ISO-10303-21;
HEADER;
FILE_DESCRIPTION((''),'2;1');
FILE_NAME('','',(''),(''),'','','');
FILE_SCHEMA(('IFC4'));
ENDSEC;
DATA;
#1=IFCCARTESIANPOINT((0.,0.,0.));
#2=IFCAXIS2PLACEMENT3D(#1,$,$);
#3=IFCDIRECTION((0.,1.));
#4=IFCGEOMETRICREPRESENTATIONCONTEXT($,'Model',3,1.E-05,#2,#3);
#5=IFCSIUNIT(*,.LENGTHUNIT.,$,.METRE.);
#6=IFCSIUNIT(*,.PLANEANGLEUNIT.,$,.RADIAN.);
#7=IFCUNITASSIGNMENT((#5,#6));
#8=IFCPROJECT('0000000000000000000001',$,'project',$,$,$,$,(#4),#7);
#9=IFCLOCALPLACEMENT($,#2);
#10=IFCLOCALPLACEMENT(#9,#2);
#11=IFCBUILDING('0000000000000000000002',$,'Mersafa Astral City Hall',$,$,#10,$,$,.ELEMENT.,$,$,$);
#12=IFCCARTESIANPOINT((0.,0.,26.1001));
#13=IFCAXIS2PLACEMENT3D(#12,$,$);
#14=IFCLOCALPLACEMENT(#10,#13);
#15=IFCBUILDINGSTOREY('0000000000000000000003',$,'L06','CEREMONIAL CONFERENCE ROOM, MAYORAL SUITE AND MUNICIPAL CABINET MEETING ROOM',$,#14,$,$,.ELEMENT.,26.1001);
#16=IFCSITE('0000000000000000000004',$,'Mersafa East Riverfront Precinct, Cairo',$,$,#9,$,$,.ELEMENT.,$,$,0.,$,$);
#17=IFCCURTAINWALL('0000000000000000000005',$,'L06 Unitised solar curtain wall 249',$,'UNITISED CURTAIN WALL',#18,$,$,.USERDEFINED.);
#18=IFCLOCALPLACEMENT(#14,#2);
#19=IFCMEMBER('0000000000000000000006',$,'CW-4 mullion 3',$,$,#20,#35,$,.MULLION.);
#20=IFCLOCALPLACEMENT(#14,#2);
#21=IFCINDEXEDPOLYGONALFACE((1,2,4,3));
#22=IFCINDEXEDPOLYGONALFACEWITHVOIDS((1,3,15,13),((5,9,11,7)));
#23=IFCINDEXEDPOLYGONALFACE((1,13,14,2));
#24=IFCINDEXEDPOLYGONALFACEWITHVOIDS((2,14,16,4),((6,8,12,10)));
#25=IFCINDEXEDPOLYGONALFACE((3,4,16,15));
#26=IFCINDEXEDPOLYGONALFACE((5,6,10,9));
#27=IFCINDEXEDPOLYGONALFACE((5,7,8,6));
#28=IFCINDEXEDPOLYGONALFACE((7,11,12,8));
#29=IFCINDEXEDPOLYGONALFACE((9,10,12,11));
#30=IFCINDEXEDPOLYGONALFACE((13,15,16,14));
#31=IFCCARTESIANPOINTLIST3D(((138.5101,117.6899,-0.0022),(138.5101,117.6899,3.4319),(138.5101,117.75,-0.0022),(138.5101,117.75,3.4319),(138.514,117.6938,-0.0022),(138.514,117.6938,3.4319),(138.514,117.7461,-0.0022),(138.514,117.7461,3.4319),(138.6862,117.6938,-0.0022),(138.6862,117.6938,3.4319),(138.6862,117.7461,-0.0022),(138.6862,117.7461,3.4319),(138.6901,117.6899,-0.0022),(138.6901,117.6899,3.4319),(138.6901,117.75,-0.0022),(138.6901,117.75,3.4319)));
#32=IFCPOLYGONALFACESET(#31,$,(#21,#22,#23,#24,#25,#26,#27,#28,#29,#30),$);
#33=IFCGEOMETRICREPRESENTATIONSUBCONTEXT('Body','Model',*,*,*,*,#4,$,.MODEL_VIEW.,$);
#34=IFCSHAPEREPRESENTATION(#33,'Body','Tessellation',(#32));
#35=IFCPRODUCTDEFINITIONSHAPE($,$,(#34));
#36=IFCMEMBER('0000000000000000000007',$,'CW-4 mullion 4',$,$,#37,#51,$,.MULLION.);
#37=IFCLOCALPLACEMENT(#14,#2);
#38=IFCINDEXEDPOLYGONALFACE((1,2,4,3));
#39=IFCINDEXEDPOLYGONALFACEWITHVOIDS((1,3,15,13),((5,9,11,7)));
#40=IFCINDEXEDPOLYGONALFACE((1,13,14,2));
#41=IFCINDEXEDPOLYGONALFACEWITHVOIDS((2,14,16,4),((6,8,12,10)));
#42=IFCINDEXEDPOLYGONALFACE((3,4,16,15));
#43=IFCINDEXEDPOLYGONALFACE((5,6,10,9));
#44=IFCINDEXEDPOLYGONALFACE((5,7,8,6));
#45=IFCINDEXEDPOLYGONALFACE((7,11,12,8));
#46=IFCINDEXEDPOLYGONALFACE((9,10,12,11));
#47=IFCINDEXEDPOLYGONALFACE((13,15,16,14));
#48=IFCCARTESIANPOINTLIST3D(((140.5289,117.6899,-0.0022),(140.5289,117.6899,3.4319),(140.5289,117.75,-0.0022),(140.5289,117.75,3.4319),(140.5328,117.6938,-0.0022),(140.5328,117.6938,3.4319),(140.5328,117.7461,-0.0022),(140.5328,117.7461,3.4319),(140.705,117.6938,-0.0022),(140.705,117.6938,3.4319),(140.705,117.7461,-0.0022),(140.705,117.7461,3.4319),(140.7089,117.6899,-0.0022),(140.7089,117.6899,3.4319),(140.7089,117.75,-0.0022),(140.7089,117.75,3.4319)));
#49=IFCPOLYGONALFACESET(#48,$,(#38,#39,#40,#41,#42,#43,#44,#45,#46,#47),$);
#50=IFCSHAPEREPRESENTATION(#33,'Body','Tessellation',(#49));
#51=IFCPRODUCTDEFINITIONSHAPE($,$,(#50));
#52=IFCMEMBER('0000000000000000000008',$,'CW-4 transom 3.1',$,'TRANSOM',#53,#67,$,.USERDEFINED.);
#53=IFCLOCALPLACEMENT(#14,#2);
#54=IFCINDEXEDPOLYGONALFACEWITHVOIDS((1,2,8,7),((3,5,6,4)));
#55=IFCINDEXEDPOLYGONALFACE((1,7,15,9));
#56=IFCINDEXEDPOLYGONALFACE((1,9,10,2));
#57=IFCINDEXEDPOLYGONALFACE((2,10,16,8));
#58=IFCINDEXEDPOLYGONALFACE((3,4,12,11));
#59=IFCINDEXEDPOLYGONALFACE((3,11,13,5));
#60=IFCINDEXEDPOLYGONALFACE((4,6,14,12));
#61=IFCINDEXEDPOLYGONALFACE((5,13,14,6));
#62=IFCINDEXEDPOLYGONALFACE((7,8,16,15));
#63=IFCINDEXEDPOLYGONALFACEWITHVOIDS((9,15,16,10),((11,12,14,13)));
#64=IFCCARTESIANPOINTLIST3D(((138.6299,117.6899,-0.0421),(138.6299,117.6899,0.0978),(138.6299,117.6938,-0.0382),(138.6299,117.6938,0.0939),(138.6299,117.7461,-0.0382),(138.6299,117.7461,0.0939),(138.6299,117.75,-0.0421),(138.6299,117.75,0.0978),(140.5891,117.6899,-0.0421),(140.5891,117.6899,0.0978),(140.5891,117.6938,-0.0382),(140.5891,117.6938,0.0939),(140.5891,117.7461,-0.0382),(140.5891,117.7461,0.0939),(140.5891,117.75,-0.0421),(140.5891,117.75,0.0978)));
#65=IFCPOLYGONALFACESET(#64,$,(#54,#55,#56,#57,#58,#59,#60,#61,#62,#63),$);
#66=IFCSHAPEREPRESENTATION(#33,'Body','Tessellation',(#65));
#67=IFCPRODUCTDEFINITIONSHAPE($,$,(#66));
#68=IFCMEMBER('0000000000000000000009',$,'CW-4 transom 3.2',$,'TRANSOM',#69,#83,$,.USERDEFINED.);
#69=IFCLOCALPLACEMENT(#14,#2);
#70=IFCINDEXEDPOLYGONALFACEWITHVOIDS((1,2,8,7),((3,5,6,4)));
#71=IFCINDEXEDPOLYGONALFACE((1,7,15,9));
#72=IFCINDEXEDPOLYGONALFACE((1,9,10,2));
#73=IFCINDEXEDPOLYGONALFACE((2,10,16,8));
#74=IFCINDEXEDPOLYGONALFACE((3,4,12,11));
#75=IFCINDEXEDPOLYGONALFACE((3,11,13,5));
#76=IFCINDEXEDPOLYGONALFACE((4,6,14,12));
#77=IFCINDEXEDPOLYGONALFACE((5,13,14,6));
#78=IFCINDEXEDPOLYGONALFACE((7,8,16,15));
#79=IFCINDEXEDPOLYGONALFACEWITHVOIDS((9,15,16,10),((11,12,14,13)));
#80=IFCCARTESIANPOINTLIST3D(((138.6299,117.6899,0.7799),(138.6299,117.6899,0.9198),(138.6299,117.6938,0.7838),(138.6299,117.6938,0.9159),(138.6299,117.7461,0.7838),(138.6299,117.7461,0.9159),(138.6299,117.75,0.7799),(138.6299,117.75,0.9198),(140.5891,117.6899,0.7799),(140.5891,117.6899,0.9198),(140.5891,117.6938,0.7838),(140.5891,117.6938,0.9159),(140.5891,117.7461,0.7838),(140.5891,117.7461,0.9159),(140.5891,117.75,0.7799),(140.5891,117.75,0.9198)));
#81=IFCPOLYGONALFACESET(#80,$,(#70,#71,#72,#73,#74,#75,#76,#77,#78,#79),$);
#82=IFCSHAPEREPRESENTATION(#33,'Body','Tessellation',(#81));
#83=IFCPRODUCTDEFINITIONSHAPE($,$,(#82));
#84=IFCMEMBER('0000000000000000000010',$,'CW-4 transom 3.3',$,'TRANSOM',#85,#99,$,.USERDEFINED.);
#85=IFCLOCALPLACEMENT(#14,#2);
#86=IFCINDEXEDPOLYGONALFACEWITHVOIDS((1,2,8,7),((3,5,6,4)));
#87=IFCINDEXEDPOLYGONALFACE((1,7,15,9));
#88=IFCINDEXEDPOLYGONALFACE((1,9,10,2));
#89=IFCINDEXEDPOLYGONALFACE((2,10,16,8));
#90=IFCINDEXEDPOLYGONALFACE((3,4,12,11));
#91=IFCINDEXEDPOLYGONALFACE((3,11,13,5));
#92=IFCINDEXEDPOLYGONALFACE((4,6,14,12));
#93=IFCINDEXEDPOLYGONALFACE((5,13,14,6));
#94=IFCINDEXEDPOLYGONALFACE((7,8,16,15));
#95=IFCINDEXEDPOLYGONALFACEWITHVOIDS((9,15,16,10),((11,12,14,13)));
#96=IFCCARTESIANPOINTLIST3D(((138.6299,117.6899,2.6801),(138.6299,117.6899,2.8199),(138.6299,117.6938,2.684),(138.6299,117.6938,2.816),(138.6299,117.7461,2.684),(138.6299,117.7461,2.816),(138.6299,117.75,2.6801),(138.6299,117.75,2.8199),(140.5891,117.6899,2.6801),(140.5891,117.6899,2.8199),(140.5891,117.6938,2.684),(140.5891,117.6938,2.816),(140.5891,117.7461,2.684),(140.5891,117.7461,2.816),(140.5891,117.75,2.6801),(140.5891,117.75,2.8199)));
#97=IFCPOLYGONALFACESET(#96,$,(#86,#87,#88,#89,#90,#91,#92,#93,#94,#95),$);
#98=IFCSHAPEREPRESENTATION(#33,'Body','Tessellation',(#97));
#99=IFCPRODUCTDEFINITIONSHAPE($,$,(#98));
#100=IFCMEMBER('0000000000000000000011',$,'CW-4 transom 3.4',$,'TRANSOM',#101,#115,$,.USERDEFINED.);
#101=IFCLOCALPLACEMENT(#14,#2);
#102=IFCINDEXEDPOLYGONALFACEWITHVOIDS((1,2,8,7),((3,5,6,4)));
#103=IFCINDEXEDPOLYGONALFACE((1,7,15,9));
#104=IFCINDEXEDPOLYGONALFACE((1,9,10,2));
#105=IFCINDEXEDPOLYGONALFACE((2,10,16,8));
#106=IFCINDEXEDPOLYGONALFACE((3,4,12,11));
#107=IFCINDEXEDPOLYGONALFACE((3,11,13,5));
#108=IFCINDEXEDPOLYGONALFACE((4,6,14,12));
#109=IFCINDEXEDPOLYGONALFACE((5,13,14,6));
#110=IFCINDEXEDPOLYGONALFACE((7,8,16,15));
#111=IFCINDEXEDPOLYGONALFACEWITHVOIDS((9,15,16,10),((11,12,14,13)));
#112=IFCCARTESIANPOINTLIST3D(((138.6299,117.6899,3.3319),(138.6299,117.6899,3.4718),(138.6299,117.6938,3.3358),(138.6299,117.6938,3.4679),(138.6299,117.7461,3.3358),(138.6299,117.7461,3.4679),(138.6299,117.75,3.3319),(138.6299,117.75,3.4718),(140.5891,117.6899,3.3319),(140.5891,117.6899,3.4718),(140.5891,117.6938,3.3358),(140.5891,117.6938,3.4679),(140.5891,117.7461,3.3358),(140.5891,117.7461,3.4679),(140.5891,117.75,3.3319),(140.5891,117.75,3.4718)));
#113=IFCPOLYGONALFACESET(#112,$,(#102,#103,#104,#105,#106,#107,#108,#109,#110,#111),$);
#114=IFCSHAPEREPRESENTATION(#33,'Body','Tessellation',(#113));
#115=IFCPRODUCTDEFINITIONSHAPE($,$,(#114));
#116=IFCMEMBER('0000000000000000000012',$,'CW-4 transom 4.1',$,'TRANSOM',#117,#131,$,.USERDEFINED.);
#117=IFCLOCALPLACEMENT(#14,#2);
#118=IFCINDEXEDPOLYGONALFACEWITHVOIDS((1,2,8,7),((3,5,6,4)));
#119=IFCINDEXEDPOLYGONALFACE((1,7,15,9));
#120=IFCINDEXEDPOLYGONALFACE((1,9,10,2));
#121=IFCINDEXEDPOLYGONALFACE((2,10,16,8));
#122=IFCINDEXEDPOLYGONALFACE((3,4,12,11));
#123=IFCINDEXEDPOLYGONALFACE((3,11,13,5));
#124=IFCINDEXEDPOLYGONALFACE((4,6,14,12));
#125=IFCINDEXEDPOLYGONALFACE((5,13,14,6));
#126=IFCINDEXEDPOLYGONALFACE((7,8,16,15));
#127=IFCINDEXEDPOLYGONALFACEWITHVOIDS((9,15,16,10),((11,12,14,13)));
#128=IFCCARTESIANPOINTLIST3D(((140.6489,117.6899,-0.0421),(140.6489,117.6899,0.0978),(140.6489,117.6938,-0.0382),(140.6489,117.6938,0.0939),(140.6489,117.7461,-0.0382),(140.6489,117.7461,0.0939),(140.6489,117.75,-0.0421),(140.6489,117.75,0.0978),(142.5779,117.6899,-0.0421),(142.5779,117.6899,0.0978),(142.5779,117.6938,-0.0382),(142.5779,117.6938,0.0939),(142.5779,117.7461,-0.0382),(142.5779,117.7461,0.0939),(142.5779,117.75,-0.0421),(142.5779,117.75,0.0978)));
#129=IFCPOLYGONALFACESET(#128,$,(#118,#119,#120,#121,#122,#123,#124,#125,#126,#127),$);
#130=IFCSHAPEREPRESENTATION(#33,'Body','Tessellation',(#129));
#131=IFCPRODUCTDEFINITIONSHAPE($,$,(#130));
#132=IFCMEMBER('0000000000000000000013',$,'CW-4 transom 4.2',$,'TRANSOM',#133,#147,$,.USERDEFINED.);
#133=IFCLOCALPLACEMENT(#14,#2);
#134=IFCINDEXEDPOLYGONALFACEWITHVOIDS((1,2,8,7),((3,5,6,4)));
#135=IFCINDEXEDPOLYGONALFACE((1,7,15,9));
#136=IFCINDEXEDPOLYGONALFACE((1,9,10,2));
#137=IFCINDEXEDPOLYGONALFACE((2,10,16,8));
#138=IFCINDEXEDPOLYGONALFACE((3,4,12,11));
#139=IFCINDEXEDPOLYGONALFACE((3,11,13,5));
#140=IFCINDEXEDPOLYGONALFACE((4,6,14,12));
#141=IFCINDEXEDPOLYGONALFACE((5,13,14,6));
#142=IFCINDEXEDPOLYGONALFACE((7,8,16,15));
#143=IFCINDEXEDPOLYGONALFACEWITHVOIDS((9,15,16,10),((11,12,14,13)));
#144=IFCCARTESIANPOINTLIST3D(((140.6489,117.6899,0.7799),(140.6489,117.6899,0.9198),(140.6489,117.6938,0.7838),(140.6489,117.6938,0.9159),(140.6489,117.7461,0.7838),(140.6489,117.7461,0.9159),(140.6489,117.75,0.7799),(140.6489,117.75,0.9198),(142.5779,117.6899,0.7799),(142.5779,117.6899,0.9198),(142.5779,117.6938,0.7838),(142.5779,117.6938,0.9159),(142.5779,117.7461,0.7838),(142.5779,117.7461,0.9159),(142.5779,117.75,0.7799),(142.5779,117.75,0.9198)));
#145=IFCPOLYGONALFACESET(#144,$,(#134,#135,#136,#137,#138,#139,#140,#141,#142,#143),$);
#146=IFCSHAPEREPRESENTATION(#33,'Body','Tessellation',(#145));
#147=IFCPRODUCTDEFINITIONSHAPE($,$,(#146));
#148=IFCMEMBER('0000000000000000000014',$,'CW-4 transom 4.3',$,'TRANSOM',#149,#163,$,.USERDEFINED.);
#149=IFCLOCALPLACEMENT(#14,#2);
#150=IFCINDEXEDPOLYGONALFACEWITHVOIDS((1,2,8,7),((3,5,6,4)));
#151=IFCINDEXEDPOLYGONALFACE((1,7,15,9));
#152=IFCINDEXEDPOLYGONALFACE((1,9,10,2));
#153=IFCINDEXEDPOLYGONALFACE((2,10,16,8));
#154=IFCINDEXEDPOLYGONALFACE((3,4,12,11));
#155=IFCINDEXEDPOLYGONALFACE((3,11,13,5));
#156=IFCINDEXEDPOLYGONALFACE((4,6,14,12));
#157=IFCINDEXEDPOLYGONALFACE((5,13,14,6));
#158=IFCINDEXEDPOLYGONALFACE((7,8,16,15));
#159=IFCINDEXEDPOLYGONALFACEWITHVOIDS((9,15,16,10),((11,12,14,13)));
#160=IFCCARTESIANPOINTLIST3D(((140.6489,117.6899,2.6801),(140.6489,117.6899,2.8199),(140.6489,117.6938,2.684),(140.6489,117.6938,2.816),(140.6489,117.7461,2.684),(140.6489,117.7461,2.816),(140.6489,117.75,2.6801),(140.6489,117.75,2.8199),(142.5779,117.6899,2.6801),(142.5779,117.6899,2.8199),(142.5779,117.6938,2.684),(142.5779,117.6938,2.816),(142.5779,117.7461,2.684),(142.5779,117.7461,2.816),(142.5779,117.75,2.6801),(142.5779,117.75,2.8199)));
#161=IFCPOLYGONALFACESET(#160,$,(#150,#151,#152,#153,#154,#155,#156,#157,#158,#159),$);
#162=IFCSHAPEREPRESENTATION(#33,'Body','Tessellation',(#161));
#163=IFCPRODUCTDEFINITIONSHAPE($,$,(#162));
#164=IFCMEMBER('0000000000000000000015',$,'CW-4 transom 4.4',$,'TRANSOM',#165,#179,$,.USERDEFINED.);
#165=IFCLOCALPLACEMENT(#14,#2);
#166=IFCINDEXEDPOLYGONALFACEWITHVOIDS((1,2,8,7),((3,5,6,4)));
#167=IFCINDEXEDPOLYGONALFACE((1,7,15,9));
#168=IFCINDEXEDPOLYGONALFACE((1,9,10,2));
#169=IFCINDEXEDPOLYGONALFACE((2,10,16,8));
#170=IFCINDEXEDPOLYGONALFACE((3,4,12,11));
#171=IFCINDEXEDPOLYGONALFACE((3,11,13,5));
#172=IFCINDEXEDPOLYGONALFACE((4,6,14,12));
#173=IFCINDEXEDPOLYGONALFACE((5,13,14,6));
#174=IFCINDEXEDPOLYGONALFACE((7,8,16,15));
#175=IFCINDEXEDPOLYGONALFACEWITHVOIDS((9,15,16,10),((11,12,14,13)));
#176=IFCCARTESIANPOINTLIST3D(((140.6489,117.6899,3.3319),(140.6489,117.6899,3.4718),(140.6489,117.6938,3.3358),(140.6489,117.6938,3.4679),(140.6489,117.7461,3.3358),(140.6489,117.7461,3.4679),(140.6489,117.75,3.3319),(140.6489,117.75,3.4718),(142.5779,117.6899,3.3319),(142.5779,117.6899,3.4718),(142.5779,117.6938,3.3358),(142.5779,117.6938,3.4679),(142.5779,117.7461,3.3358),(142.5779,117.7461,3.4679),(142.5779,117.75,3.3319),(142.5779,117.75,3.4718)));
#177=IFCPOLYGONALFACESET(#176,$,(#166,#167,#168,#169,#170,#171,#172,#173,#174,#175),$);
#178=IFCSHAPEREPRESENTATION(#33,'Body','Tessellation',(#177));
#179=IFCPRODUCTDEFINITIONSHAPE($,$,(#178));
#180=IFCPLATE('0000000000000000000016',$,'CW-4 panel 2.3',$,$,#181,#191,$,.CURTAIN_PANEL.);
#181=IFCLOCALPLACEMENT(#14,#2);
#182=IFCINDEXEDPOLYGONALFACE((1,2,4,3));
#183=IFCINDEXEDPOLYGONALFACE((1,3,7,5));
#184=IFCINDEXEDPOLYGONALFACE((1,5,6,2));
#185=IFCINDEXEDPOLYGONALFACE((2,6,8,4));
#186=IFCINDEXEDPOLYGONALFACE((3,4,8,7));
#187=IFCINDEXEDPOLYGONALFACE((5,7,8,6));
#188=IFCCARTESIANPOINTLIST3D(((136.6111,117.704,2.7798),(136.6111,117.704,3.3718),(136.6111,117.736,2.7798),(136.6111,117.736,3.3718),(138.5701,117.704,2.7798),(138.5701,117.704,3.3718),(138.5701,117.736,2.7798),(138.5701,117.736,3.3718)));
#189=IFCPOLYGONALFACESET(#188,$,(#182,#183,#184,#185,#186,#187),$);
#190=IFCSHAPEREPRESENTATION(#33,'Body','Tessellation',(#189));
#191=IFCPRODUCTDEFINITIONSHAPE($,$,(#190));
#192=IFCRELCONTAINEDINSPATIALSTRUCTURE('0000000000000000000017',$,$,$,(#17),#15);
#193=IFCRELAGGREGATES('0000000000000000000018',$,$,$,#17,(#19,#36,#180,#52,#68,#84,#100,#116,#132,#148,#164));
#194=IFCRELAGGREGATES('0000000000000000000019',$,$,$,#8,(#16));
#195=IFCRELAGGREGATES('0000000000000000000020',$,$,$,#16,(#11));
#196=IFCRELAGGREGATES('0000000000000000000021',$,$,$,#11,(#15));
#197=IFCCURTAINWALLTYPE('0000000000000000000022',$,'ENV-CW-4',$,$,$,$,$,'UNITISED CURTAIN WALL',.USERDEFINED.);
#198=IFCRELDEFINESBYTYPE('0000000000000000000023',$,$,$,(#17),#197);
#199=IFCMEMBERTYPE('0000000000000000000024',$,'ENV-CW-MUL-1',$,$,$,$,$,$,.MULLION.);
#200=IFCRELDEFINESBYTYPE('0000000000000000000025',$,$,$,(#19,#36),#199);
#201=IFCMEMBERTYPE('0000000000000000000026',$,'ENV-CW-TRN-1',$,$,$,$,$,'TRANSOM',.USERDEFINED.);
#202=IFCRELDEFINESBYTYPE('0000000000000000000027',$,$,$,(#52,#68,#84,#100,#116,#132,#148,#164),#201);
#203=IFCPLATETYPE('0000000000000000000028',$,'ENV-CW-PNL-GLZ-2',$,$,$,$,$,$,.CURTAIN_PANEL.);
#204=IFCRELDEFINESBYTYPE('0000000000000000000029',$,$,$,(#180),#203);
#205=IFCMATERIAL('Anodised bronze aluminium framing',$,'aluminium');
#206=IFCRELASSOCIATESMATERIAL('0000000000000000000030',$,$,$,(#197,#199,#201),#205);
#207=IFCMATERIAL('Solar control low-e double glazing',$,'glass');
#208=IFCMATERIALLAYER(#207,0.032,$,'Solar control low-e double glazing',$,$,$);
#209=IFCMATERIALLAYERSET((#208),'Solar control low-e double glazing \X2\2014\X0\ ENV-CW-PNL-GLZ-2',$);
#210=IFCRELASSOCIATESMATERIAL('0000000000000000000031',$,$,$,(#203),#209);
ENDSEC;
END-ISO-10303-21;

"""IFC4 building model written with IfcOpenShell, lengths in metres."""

from ifc_helpers import new_model, si_unit, direction, frame, origin, origin_2d, place, context, subcontext, project, spatial, rectangle, hollow_rectangle, extrude, material, layer, layer_set, material_profile, profile_set, type_object, element, aggregate, save


model = new_model("IFC4")

# Units and contexts
model_context = context("Model", 3, precision=1e-05, world=origin(), true_north=direction((0.0, 1.0)))
body_context = subcontext(model_context, "Body", "Model", "MODEL_VIEW")
ifc_project = project(units=[si_unit("LENGTHUNIT", "METRE"), si_unit("PLANEANGLEUNIT", "RADIAN")], contexts=[model_context])

# Site, building, storey
site_placement = place(None, origin())
site = spatial("IfcSite", under=ifc_project, at=site_placement, Name="Mersafa East Riverfront Precinct, Cairo", CompositionType="ELEMENT", RefElevation=0.0)
building_placement = place(site_placement, origin())
building = spatial("IfcBuilding", under=site, at=building_placement, Name="Mersafa Astral City Hall", CompositionType="ELEMENT")
storey_placement = place(building_placement, frame((0.0, 0.0, 26.1001)))
storey = spatial("IfcBuildingStorey", under=building, at=storey_placement, Name="L06", Description="CEREMONIAL CONFERENCE ROOM, MAYORAL SUITE AND MUNICIPAL CABINET MEETING ROOM", CompositionType="ELEMENT", Elevation=26.1001)

# Curtain wall, members, plate
ifc_material_1 = material(Name="Anodised bronze aluminium framing", Category="aluminium")
curtain_wall_type = type_object("IfcCurtainWallType", Name="ENV-CW-4", ElementType="UNITISED CURTAIN WALL", PredefinedType="USERDEFINED", material=ifc_material_1)
curtain_wall_placement = place(storey_placement, origin())
curtain_wall = element("IfcCurtainWall", 1, at=curtain_wall_placement, inside=storey, type_object=curtain_wall_type, Name="L06 Unitised solar curtain wall 249", ObjectType="UNITISED CURTAIN WALL", PredefinedType="USERDEFINED")
ifc_material_profile_1 = material_profile(ifc_material_1, hollow_rectangle(XDim=0.0601, YDim=0.1799, WallThickness=0.0039, at=origin_2d()), Name="RHS 60x180x4")
ifc_profile_set_1 = profile_set([ifc_material_profile_1], Name="Anodised bronze aluminium framing")
member_type_1 = type_object("IfcMemberType", Name="ENV-CW-MUL-1", PredefinedType="MULLION", material=ifc_profile_set_1)
member_1_placement = place(storey_placement, frame((138.6001, 117.72, -0.0022), z_axis=(0.0, 0.0, 1.0), x_axis=(0.0, 1.0, 0.0)))
member_1 = element("IfcMember", 2, at=member_1_placement, type_object=member_type_1, Name="CW-4 mullion 3", PredefinedType="MULLION", context=body_context, shape_type="SweptSolid", body=[
    extrude(hollow_rectangle(XDim=0.0601, YDim=0.1799, WallThickness=0.0039, at=origin_2d()), origin(), (0.0, 0.0, 1.0), 3.4341),
])
member_2_placement = place(storey_placement, frame((140.6189, 117.72, -0.0022), z_axis=(0.0, 0.0, 1.0), x_axis=(0.0, 1.0, 0.0)))
member_2 = element("IfcMember", 3, at=member_2_placement, type_object=member_type_1, Name="CW-4 mullion 4", PredefinedType="MULLION", context=body_context, shape_type="SweptSolid", body=[
    extrude(hollow_rectangle(XDim=0.0601, YDim=0.1799, WallThickness=0.0039, at=origin_2d()), origin(), (0.0, 0.0, 1.0), 3.4341),
])
ifc_material_profile_2 = material_profile(ifc_material_1, hollow_rectangle(XDim=0.0601, YDim=0.1399, WallThickness=0.0039, at=origin_2d()), Name="RHS 60x140x4")
ifc_profile_set_2 = profile_set([ifc_material_profile_2], Name="Anodised bronze aluminium framing")
member_type_2 = type_object("IfcMemberType", Name="ENV-CW-TRN-1", ElementType="TRANSOM", PredefinedType="USERDEFINED", material=ifc_profile_set_2)
member_3_placement = place(storey_placement, frame((138.6299, 117.72, 0.0278), z_axis=(1.0, 0.0, 0.0), x_axis=(0.0, 1.0, 0.0)))
member_3 = element("IfcMember", 4, at=member_3_placement, type_object=member_type_2, Name="CW-4 transom 3.1", ObjectType="TRANSOM", PredefinedType="USERDEFINED", context=body_context, shape_type="SweptSolid", body=[
    extrude(hollow_rectangle(XDim=0.0601, YDim=0.1399, WallThickness=0.0039, at=origin_2d()), origin(), (0.0, 0.0, 1.0), 1.9592),
])
member_4_placement = place(storey_placement, frame((138.6299, 117.72, 0.8499), z_axis=(1.0, 0.0, 0.0), x_axis=(0.0, 1.0, 0.0)))
member_4 = element("IfcMember", 5, at=member_4_placement, type_object=member_type_2, Name="CW-4 transom 3.2", ObjectType="TRANSOM", PredefinedType="USERDEFINED", context=body_context, shape_type="SweptSolid", body=[
    extrude(hollow_rectangle(XDim=0.0601, YDim=0.1399, WallThickness=0.0039, at=origin_2d()), origin(), (0.0, 0.0, 1.0), 1.9592),
])
member_5_placement = place(storey_placement, frame((138.6299, 117.72, 2.75), z_axis=(1.0, 0.0, 0.0), x_axis=(0.0, 1.0, 0.0)))
member_5 = element("IfcMember", 6, at=member_5_placement, type_object=member_type_2, Name="CW-4 transom 3.3", ObjectType="TRANSOM", PredefinedType="USERDEFINED", context=body_context, shape_type="SweptSolid", body=[
    extrude(hollow_rectangle(XDim=0.0601, YDim=0.1399, WallThickness=0.0039, at=origin_2d()), origin(), (0.0, 0.0, 1.0), 1.9592),
])
member_6_placement = place(storey_placement, frame((138.6299, 117.72, 3.4019), z_axis=(1.0, 0.0, 0.0), x_axis=(0.0, 1.0, 0.0)))
member_6 = element("IfcMember", 7, at=member_6_placement, type_object=member_type_2, Name="CW-4 transom 3.4", ObjectType="TRANSOM", PredefinedType="USERDEFINED", context=body_context, shape_type="SweptSolid", body=[
    extrude(hollow_rectangle(XDim=0.0601, YDim=0.1399, WallThickness=0.0039, at=origin_2d()), origin(), (0.0, 0.0, 1.0), 1.9592),
])
member_7_placement = place(storey_placement, frame((140.6489, 117.72, 0.0278), z_axis=(1.0, 0.0, 0.0), x_axis=(0.0, 1.0, 0.0)))
member_7 = element("IfcMember", 8, at=member_7_placement, type_object=member_type_2, Name="CW-4 transom 4.1", ObjectType="TRANSOM", PredefinedType="USERDEFINED", context=body_context, shape_type="SweptSolid", body=[
    extrude(hollow_rectangle(XDim=0.0601, YDim=0.1399, WallThickness=0.0039, at=origin_2d()), origin(), (0.0, 0.0, 1.0), 1.929),
])
member_8_placement = place(storey_placement, frame((140.6489, 117.72, 0.8499), z_axis=(1.0, 0.0, 0.0), x_axis=(0.0, 1.0, 0.0)))
member_8 = element("IfcMember", 9, at=member_8_placement, type_object=member_type_2, Name="CW-4 transom 4.2", ObjectType="TRANSOM", PredefinedType="USERDEFINED", context=body_context, shape_type="SweptSolid", body=[
    extrude(hollow_rectangle(XDim=0.0601, YDim=0.1399, WallThickness=0.0039, at=origin_2d()), origin(), (0.0, 0.0, 1.0), 1.929),
])
member_9_placement = place(storey_placement, frame((140.6489, 117.72, 2.75), z_axis=(1.0, 0.0, 0.0), x_axis=(0.0, 1.0, 0.0)))
member_9 = element("IfcMember", 10, at=member_9_placement, type_object=member_type_2, Name="CW-4 transom 4.3", ObjectType="TRANSOM", PredefinedType="USERDEFINED", context=body_context, shape_type="SweptSolid", body=[
    extrude(hollow_rectangle(XDim=0.0601, YDim=0.1399, WallThickness=0.0039, at=origin_2d()), origin(), (0.0, 0.0, 1.0), 1.929),
])
member_10_placement = place(storey_placement, frame((140.6489, 117.72, 3.4019), z_axis=(1.0, 0.0, 0.0), x_axis=(0.0, 1.0, 0.0)))
member_10 = element("IfcMember", 11, at=member_10_placement, type_object=member_type_2, Name="CW-4 transom 4.4", ObjectType="TRANSOM", PredefinedType="USERDEFINED", context=body_context, shape_type="SweptSolid", body=[
    extrude(hollow_rectangle(XDim=0.0601, YDim=0.1399, WallThickness=0.0039, at=origin_2d()), origin(), (0.0, 0.0, 1.0), 1.929),
])
ifc_material_2 = material(Name="Solar control low-e double glazing", Category="glass")
ifc_layer_1 = layer(ifc_material_2, 0.032, Name="Solar control low-e double glazing")
ifc_layer_set_1 = layer_set([ifc_layer_1], Name="Solar control low-e double glazing — ENV-CW-PNL-GLZ-2")
plate_type_1 = type_object("IfcPlateType", Name="ENV-CW-PNL-GLZ-2", PredefinedType="CURTAIN_PANEL", material=ifc_layer_set_1)
plate_1_placement = place(storey_placement, frame((137.5906, 117.72, 2.7798), z_axis=(0.0, 0.0, 1.0), x_axis=(1.0, 0.0, 0.0)))
plate_1 = element("IfcPlate", 12, at=plate_1_placement, type_object=plate_type_1, Name="CW-4 panel 2.3", PredefinedType="CURTAIN_PANEL", context=body_context, shape_type="SweptSolid", body=[
    extrude(rectangle(XDim=1.959, YDim=0.032, at=origin_2d()), origin(), (0.0, 0.0, 1.0), 0.592),
])
aggregate(curtain_wall, [member_1, member_2, plate_1, member_3, member_4, member_5, member_6, member_7, member_8, member_9, member_10])

save(model, "model.ifc")
